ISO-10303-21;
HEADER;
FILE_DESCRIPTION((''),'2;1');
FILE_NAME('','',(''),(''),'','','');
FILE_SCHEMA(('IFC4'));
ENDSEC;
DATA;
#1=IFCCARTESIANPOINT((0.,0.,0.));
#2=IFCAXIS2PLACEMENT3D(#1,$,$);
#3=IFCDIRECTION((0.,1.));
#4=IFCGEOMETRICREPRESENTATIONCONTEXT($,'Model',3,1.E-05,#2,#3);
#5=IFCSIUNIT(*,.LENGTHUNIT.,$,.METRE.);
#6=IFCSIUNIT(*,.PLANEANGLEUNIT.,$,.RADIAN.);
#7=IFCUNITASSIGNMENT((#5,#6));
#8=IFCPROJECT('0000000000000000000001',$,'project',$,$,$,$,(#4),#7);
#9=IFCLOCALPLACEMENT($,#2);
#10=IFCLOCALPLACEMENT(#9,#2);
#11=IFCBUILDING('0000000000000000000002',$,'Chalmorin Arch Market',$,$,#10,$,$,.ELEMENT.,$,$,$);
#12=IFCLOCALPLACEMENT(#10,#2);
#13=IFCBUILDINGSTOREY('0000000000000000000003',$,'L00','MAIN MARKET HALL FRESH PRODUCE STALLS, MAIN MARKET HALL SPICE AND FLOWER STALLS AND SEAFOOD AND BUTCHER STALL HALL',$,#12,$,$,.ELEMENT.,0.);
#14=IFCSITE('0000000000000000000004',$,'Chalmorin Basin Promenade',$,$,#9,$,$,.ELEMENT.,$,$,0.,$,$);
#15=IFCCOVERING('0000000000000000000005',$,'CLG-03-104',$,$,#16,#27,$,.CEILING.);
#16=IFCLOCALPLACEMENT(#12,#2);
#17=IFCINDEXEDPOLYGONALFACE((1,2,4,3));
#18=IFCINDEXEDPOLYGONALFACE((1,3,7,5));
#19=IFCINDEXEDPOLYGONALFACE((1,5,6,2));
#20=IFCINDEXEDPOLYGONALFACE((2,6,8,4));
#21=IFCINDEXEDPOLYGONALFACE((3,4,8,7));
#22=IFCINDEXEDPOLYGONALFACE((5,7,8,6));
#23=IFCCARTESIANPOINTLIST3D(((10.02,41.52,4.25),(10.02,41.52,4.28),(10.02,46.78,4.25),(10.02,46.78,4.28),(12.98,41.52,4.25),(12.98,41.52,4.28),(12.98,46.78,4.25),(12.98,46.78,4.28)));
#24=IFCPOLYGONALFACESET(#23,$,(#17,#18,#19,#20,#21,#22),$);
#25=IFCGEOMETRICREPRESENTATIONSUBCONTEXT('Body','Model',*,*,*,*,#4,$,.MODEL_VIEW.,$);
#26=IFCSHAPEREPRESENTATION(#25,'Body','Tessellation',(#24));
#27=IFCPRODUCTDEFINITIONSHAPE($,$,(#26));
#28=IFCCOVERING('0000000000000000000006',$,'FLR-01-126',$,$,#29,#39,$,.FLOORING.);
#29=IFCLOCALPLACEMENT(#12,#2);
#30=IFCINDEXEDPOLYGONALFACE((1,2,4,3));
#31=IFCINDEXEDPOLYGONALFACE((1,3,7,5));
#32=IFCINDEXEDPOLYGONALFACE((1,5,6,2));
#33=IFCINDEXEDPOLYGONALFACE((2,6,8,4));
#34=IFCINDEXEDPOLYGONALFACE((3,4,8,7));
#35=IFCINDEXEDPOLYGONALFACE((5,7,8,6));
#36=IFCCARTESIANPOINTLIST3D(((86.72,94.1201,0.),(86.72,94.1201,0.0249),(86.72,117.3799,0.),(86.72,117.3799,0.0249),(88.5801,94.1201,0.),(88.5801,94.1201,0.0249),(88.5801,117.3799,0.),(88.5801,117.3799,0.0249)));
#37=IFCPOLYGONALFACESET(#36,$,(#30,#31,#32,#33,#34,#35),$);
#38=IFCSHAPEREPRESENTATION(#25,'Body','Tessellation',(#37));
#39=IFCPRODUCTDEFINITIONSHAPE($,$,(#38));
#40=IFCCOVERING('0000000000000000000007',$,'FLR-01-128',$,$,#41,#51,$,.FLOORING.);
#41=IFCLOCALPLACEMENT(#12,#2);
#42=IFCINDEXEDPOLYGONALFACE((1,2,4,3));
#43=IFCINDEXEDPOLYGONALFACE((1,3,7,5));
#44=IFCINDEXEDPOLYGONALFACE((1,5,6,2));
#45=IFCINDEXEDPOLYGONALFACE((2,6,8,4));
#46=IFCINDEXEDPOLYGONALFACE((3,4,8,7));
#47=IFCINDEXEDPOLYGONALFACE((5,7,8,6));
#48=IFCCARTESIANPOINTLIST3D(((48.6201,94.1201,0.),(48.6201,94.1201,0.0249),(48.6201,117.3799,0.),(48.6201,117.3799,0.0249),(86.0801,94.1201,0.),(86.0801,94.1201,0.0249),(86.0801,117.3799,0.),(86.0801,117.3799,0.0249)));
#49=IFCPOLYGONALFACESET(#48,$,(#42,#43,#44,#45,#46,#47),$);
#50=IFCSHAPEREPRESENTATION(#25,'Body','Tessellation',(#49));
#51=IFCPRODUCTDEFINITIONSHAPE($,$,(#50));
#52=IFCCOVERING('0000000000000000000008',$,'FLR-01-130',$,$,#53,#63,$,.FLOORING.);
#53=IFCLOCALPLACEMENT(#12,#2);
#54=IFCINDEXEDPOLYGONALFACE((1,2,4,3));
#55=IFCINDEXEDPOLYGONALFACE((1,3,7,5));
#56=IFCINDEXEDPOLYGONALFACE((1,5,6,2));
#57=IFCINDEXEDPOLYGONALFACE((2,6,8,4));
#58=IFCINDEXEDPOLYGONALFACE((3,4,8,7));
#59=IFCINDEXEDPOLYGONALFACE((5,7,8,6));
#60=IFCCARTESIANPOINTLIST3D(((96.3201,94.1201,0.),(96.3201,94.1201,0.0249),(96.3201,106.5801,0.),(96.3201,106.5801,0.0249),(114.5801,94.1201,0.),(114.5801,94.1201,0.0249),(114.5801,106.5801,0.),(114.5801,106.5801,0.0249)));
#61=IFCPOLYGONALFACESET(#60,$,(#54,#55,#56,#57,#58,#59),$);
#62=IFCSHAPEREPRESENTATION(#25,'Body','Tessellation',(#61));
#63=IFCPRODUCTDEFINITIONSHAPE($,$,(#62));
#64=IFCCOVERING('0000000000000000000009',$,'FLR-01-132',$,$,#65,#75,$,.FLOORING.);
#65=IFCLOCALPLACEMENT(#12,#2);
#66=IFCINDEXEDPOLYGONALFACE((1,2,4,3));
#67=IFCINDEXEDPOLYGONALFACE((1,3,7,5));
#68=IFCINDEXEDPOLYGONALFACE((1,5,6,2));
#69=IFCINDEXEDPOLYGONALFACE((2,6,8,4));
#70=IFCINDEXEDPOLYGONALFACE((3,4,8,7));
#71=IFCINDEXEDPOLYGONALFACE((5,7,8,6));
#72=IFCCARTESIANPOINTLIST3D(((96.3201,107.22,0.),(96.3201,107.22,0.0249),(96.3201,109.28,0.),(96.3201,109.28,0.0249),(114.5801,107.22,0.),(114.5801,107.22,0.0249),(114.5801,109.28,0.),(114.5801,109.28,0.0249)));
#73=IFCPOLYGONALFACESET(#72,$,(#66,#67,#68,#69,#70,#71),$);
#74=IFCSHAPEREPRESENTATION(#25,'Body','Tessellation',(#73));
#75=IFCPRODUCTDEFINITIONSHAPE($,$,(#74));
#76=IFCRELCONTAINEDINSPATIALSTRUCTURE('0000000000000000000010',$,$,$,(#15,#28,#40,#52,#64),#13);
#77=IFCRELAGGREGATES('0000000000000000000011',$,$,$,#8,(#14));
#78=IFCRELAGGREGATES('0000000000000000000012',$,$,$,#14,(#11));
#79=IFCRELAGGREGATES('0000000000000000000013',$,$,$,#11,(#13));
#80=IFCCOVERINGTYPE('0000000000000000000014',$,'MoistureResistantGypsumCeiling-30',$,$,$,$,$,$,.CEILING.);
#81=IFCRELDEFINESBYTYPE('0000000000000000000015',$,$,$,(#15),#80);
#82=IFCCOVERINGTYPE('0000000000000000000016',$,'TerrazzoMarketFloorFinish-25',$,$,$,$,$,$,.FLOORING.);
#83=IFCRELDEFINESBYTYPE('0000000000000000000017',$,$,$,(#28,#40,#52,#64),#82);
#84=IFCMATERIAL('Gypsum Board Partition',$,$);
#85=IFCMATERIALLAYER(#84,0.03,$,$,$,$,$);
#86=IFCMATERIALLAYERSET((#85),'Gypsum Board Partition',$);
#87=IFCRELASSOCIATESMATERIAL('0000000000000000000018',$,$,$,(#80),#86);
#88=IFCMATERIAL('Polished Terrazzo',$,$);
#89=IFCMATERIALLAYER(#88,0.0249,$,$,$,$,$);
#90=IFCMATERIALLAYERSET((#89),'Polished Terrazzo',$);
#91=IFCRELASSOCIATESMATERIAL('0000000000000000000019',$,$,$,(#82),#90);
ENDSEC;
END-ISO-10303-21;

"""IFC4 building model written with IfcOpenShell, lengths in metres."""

from ifc_helpers import new_model, si_unit, direction, frame, origin, place, context, subcontext, project, spatial, polyline, outline, extrude, material, layer, layer_set, type_object, element, save


model = new_model("IFC4")

# Units and contexts
model_context = context("Model", 3, precision=1e-05, world=origin(), true_north=direction((0.0, 1.0)))
body_context = subcontext(model_context, "Body", "Model", "MODEL_VIEW")
ifc_project = project(units=[si_unit("LENGTHUNIT", "METRE"), si_unit("PLANEANGLEUNIT", "RADIAN")], contexts=[model_context])

# Site, building, storey
site_placement = place(None, origin())
site = spatial("IfcSite", under=ifc_project, at=site_placement, Name="Chalmorin Basin Promenade", CompositionType="ELEMENT", RefElevation=0.0)
building_placement = place(site_placement, origin())
building = spatial("IfcBuilding", under=site, at=building_placement, Name="Chalmorin Arch Market", CompositionType="ELEMENT")
storey_placement = place(building_placement, origin())
storey = spatial("IfcBuildingStorey", under=building, at=storey_placement, Name="L00", Description="MAIN MARKET HALL FRESH PRODUCE STALLS, MAIN MARKET HALL SPICE AND FLOWER STALLS AND SEAFOOD AND BUTCHER STALL HALL", CompositionType="ELEMENT", Elevation=0.0)

# Coverings
ifc_material_1 = material(Name="Gypsum Board Partition")
ifc_layer_1 = layer(ifc_material_1, 0.03)
ifc_layer_set_1 = layer_set([ifc_layer_1], Name="Gypsum Board Partition")
covering_type_1 = type_object("IfcCoveringType", Name="MoistureResistantGypsumCeiling-30", PredefinedType="CEILING", material=ifc_layer_set_1)
covering_1_placement = place(storey_placement, frame((0.0, 0.0, 4.25)))
element("IfcCovering", 1, at=covering_1_placement, inside=storey, type_object=covering_type_1, Name="CLG-03-104", PredefinedType="CEILING", context=body_context, shape_type="SweptSolid", body=[
    extrude(outline(polyline([(10.02, 41.52), (12.98, 41.52), (12.98, 46.78), (10.02, 46.78), (10.02, 41.52)])), origin(), (0.0, 0.0, 1.0), 0.03),
])
ifc_material_2 = material(Name="Polished Terrazzo")
ifc_layer_2 = layer(ifc_material_2, 0.0249)
ifc_layer_set_2 = layer_set([ifc_layer_2], Name="Polished Terrazzo")
covering_type_2 = type_object("IfcCoveringType", Name="TerrazzoMarketFloorFinish-25", PredefinedType="FLOORING", material=ifc_layer_set_2)
covering_2_placement = place(storey_placement, origin())
element("IfcCovering", 2, at=covering_2_placement, inside=storey, type_object=covering_type_2, Name="FLR-01-126", PredefinedType="FLOORING", context=body_context, shape_type="SweptSolid", body=[
    extrude(outline(polyline([(86.72, 94.1201), (88.5801, 94.1201), (88.5801, 117.3799), (86.72, 117.3799), (86.72, 94.1201)])), origin(), (0.0, 0.0, 1.0), 0.0249),
])
covering_3_placement = place(storey_placement, origin())
element("IfcCovering", 3, at=covering_3_placement, inside=storey, type_object=covering_type_2, Name="FLR-01-128", PredefinedType="FLOORING", context=body_context, shape_type="SweptSolid", body=[
    extrude(outline(polyline([(48.6201, 94.1201), (86.0801, 94.1201), (86.0801, 117.3799), (48.6201, 117.3799), (48.6201, 94.1201)])), origin(), (0.0, 0.0, 1.0), 0.0249),
])
covering_4_placement = place(storey_placement, origin())
element("IfcCovering", 4, at=covering_4_placement, inside=storey, type_object=covering_type_2, Name="FLR-01-130", PredefinedType="FLOORING", context=body_context, shape_type="SweptSolid", body=[
    extrude(outline(polyline([(96.3201, 94.1201), (114.5801, 94.1201), (114.5801, 106.5801), (96.3201, 106.5801), (96.3201, 94.1201)])), origin(), (0.0, 0.0, 1.0), 0.0249),
])
covering_5_placement = place(storey_placement, origin())
element("IfcCovering", 5, at=covering_5_placement, inside=storey, type_object=covering_type_2, Name="FLR-01-132", PredefinedType="FLOORING", context=body_context, shape_type="SweptSolid", body=[
    extrude(outline(polyline([(96.3201, 107.22), (114.5801, 107.22), (114.5801, 109.28), (96.3201, 109.28), (96.3201, 107.22)])), origin(), (0.0, 0.0, 1.0), 0.0249),
])

save(model, "model.ifc")
